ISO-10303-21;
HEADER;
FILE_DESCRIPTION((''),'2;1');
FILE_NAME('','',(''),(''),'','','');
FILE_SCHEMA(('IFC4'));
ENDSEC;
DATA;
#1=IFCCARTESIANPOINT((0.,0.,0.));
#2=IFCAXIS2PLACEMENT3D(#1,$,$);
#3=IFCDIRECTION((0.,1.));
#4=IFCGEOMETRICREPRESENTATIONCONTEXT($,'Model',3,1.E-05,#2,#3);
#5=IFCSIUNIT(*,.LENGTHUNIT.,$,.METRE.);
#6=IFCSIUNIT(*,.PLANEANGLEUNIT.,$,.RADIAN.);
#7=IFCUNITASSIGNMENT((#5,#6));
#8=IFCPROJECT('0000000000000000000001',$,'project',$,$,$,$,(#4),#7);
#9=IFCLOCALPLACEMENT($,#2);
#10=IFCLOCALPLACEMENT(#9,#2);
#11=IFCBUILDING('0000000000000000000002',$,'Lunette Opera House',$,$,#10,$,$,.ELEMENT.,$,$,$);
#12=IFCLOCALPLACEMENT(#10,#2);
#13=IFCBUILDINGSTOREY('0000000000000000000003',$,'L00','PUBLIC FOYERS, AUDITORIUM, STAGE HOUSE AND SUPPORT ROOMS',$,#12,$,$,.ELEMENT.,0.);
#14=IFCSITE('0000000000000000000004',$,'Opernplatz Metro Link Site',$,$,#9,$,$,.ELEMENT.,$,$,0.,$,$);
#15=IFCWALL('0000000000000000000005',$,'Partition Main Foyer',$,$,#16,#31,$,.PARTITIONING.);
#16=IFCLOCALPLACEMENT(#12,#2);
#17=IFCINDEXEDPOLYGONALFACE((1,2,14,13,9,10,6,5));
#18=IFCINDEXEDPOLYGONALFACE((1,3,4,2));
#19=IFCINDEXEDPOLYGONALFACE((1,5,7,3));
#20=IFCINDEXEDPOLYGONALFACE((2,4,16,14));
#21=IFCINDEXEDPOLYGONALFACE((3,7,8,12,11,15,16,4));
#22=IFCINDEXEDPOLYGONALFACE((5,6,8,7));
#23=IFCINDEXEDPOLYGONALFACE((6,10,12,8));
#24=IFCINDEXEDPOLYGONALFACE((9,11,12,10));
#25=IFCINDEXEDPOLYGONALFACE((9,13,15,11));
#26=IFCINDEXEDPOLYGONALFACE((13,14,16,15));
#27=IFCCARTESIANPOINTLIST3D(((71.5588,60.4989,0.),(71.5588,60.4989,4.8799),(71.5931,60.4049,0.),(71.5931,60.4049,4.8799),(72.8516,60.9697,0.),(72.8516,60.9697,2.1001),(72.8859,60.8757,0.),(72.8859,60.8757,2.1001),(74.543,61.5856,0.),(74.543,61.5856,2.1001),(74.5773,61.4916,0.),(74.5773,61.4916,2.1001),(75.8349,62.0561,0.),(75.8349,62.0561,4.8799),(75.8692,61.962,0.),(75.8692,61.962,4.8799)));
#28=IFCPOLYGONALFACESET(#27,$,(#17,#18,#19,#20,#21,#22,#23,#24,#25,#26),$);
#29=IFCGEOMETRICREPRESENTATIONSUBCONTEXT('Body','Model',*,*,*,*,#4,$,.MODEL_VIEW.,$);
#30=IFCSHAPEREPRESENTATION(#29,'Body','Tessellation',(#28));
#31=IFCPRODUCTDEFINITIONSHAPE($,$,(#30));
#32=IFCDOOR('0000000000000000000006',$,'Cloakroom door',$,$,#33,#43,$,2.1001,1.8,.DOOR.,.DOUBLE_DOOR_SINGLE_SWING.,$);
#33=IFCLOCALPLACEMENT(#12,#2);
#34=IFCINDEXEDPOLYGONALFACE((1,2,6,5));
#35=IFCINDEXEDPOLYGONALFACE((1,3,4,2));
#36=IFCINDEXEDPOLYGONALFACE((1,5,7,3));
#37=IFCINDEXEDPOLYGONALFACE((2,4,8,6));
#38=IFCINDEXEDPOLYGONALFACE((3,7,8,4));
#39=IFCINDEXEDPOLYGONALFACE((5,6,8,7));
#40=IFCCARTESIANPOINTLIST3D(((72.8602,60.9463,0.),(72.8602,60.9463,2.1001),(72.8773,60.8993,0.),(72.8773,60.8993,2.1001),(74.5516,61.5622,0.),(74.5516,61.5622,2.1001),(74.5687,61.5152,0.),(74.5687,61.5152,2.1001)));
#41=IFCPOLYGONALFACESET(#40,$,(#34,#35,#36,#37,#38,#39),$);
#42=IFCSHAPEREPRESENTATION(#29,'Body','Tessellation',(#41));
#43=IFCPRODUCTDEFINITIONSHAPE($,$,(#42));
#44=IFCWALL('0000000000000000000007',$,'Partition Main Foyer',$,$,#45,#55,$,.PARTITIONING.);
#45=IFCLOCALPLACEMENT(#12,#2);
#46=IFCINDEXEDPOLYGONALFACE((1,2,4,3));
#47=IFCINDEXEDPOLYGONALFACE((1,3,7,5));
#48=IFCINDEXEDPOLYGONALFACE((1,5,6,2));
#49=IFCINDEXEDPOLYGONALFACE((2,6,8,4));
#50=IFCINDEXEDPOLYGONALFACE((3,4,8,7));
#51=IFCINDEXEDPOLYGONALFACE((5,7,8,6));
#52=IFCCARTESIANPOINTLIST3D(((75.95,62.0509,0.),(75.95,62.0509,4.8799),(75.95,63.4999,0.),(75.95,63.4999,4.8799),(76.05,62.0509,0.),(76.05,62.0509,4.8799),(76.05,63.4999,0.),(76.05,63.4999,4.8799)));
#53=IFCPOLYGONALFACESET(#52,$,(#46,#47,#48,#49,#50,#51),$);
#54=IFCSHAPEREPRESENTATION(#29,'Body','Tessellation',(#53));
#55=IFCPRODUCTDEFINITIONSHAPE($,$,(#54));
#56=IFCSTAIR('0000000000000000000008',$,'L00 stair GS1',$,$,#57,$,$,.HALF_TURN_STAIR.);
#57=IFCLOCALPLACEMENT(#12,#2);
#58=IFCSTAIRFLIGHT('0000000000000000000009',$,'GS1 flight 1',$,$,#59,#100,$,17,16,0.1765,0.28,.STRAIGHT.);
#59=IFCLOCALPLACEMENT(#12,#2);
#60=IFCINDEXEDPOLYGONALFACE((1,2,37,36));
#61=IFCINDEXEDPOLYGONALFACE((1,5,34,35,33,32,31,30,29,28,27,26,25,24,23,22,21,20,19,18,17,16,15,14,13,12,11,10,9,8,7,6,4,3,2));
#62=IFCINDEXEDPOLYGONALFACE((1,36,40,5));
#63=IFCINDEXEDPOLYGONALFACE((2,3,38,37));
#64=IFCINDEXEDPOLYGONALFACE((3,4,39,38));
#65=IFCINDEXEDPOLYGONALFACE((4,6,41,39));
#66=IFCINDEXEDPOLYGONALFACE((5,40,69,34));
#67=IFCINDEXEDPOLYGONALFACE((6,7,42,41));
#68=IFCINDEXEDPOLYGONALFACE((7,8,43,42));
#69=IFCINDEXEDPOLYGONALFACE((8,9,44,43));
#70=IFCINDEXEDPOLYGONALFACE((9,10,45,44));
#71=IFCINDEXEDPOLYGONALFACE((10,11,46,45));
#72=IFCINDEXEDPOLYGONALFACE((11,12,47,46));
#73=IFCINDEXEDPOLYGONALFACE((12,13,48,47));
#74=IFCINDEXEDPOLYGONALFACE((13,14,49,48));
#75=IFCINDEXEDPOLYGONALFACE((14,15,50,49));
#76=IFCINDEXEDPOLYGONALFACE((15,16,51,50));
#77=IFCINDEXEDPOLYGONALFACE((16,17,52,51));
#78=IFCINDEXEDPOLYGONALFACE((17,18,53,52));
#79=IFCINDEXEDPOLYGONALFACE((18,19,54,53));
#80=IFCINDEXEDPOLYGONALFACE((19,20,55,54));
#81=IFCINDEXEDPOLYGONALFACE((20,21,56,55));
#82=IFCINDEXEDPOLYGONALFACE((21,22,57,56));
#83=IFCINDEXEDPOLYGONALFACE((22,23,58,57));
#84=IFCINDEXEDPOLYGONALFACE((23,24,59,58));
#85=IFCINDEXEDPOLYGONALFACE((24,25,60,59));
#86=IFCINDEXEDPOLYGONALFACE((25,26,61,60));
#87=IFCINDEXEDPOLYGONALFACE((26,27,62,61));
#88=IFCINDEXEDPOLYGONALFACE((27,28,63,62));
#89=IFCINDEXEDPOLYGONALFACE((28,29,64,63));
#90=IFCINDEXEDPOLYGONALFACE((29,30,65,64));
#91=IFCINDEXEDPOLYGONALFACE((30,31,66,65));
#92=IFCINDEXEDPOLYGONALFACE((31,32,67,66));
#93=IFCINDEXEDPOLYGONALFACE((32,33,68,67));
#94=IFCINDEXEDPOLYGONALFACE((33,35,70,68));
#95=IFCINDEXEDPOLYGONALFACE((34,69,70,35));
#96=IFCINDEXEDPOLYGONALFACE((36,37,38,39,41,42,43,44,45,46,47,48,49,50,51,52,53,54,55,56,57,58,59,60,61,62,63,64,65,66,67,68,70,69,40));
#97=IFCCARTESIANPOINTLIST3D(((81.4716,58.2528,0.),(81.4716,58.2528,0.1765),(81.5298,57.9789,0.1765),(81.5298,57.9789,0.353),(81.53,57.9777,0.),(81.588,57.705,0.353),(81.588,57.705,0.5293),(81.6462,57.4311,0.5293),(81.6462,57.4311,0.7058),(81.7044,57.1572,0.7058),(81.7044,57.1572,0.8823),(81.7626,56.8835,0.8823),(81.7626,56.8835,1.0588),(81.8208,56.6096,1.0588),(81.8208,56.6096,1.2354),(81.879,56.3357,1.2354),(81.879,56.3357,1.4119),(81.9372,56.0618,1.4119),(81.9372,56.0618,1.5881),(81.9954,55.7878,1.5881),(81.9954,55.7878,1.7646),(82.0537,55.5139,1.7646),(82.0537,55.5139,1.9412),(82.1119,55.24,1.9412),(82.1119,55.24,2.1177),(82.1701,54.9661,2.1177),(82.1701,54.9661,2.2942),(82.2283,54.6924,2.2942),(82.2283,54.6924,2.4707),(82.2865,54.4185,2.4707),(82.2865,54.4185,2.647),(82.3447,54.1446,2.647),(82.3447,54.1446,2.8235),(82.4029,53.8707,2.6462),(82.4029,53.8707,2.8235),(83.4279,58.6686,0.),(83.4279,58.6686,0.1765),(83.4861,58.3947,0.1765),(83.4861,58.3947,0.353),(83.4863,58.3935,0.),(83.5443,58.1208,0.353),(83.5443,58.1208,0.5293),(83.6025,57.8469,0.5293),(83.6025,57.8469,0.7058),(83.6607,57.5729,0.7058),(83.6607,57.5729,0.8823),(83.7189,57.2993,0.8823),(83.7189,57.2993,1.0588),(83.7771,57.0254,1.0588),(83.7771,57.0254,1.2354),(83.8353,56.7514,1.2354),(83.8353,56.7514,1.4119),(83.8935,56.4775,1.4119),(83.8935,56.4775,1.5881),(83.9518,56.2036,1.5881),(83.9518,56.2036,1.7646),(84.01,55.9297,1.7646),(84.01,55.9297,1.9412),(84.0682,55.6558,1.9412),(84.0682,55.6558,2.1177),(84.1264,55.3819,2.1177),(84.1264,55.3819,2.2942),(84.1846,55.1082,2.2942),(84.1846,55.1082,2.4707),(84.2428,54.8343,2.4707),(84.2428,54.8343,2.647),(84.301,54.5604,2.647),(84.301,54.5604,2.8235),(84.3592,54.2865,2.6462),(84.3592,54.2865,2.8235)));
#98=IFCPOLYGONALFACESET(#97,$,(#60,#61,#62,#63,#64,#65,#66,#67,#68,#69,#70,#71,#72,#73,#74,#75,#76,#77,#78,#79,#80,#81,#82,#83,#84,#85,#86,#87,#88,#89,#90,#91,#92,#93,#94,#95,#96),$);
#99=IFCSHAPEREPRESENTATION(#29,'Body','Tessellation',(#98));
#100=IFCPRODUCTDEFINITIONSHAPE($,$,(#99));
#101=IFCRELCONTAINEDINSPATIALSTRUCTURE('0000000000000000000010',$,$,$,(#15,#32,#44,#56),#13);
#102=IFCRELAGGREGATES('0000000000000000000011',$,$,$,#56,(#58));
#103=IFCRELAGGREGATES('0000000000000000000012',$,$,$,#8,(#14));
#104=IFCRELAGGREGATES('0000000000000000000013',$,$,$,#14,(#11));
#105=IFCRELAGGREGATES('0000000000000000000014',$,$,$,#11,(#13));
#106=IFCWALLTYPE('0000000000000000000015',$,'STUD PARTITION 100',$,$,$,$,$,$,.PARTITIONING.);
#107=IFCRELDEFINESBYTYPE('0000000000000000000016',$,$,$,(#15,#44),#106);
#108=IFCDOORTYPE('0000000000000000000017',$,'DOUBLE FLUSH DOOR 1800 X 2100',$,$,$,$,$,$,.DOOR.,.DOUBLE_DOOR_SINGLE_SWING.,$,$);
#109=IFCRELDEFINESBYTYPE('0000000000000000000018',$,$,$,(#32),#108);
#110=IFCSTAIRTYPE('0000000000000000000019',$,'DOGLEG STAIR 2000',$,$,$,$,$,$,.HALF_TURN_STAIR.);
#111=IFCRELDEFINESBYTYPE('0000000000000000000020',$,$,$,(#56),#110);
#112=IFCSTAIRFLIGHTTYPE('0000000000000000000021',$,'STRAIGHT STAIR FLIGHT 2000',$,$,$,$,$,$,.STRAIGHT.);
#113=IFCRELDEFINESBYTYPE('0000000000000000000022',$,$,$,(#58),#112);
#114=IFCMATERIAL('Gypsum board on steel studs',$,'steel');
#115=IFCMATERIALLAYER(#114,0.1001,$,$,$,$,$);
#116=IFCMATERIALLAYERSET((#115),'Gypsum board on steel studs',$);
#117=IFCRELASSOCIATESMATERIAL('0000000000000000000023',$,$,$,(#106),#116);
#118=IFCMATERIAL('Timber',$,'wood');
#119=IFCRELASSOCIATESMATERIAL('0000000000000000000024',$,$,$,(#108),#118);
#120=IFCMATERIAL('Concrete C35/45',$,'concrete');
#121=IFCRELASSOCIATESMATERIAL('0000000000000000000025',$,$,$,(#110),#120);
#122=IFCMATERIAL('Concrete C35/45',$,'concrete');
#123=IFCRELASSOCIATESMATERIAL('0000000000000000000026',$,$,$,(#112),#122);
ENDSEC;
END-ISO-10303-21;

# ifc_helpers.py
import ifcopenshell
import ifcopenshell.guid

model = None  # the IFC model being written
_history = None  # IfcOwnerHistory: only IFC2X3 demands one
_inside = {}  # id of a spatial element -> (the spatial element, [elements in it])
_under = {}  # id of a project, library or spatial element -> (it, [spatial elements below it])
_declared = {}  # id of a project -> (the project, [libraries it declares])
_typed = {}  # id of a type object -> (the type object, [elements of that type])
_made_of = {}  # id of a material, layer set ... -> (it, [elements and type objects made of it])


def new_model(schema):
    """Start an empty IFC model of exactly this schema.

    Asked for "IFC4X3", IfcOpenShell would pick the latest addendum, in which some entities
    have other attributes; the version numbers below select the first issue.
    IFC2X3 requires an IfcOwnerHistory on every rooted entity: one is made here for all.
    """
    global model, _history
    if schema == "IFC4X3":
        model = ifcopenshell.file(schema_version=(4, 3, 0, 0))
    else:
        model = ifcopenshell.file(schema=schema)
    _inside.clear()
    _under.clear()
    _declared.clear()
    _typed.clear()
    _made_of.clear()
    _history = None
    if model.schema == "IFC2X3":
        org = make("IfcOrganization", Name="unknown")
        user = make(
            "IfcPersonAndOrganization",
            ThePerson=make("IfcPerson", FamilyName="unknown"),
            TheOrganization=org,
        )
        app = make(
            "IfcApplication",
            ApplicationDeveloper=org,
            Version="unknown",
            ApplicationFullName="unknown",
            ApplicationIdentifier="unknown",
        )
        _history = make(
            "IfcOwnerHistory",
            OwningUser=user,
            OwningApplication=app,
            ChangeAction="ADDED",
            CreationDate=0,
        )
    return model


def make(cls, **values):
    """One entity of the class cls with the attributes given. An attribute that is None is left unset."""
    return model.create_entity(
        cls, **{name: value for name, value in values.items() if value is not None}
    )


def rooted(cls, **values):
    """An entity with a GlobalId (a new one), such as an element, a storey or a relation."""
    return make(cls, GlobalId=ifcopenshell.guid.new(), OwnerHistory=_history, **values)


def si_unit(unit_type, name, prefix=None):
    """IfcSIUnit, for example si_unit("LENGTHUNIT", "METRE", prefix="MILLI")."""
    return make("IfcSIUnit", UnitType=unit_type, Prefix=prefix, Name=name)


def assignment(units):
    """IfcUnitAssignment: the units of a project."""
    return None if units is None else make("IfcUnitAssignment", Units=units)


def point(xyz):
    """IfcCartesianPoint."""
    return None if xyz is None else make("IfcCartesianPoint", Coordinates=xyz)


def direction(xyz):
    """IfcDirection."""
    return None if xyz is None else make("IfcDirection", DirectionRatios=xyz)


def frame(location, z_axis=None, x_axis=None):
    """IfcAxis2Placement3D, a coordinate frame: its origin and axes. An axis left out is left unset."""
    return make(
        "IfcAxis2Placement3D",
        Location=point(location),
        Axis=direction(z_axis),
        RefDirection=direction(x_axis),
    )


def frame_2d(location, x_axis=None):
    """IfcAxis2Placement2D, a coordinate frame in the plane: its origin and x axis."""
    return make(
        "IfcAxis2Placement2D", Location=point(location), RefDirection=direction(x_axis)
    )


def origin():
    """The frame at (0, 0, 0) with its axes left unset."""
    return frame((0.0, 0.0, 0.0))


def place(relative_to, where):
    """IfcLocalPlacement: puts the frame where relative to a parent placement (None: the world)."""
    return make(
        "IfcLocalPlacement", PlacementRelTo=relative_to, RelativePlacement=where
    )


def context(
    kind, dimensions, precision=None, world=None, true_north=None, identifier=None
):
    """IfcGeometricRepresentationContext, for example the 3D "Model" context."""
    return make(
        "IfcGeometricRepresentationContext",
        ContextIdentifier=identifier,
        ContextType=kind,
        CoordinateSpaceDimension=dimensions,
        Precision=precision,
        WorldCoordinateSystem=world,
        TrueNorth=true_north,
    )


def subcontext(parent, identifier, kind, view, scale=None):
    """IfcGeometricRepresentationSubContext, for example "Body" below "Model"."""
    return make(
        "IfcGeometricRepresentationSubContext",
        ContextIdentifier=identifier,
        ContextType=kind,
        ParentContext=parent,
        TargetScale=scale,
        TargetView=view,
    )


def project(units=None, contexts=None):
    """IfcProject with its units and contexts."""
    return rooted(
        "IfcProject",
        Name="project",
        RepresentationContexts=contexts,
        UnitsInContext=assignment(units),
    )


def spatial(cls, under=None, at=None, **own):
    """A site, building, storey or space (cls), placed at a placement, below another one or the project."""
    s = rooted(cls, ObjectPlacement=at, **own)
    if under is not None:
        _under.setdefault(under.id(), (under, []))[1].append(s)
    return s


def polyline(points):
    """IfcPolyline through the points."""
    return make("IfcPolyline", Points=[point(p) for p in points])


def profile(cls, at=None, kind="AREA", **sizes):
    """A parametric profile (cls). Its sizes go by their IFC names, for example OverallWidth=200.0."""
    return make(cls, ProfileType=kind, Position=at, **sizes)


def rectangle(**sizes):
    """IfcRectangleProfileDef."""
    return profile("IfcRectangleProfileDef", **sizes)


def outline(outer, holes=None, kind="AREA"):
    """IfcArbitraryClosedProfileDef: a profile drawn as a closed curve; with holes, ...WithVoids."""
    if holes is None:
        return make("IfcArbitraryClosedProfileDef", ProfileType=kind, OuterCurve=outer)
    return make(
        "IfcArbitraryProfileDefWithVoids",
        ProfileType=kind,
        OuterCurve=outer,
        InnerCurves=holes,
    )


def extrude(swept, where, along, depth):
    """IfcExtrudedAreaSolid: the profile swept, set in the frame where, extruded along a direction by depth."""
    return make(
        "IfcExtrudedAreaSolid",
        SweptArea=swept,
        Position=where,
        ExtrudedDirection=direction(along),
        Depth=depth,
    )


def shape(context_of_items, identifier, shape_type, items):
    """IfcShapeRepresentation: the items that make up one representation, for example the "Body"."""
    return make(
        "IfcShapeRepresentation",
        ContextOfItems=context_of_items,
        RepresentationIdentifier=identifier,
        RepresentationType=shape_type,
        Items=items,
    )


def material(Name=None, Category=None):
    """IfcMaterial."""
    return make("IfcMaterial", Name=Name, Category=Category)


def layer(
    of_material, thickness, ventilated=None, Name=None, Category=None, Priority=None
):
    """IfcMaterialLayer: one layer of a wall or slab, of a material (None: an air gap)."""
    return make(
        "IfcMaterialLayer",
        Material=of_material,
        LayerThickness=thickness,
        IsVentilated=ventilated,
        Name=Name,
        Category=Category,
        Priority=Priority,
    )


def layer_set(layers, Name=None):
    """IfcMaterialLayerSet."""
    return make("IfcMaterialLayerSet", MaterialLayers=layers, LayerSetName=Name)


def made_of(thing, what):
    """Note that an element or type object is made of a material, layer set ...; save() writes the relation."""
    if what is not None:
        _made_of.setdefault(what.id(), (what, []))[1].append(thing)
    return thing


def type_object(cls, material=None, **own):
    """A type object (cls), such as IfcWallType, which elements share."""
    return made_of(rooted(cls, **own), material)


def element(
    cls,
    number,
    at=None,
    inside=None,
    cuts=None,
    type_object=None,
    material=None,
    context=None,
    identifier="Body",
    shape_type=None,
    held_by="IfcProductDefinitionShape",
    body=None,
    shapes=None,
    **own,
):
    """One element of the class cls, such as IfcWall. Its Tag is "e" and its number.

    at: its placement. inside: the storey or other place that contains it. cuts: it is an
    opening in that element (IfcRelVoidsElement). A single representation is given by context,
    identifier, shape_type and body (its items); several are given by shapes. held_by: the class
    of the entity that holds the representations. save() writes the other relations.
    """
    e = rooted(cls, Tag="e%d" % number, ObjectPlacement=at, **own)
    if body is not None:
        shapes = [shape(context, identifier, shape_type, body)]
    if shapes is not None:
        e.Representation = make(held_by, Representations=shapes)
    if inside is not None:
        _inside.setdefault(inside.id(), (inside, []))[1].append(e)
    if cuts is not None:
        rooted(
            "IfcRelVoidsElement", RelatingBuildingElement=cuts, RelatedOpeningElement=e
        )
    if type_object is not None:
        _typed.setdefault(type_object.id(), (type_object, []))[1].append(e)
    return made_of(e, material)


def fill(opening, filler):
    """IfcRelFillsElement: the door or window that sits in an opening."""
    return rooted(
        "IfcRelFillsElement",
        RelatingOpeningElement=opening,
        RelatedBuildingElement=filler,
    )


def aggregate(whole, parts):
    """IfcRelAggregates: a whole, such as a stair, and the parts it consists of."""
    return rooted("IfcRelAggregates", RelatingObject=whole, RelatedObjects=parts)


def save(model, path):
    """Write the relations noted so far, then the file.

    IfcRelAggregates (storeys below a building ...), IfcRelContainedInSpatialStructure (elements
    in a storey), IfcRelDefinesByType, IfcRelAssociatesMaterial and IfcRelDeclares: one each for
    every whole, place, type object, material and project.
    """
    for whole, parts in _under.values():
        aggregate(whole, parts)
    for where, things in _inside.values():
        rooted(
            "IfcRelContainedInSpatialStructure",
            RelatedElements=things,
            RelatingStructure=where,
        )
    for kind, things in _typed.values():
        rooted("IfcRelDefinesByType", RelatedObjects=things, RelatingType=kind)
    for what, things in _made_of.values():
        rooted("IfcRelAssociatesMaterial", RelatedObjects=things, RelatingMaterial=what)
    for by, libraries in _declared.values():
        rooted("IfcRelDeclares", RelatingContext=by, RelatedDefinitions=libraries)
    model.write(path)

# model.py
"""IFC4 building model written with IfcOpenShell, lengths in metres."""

from ifc_helpers import new_model, si_unit, direction, frame, frame_2d, origin, place, context, subcontext, project, spatial, polyline, rectangle, outline, extrude, material, layer, layer_set, type_object, element, fill, aggregate, save


model = new_model("IFC4")

# Units and contexts
model_context = context("Model", 3, precision=1e-05, world=origin(), true_north=direction((0.0, 1.0)))
body_context = subcontext(model_context, "Body", "Model", "MODEL_VIEW")
ifc_project = project(units=[si_unit("LENGTHUNIT", "METRE"), si_unit("PLANEANGLEUNIT", "RADIAN")], contexts=[model_context])

# Site, building, storey
site_placement = place(None, origin())
site = spatial("IfcSite", under=ifc_project, at=site_placement, Name="Opernplatz Metro Link Site", CompositionType="ELEMENT", RefElevation=0.0)
building_placement = place(site_placement, origin())
building = spatial("IfcBuilding", under=site, at=building_placement, Name="Lunette Opera House", CompositionType="ELEMENT")
storey_placement = place(building_placement, origin())
storey = spatial("IfcBuildingStorey", under=building, at=storey_placement, Name="L00", Description="PUBLIC FOYERS, AUDITORIUM, STAGE HOUSE AND SUPPORT ROOMS", CompositionType="ELEMENT", Elevation=0.0)

# Wall, opening, door
ifc_material_1 = material(Name="Gypsum board on steel studs", Category="steel")
ifc_layer_1 = layer(ifc_material_1, 0.1001)
ifc_layer_set_1 = layer_set([ifc_layer_1], Name="Gypsum board on steel studs")
wall_type_1 = type_object("IfcWallType", Name="STUD PARTITION 100", PredefinedType="PARTITIONING", material=ifc_layer_set_1)
wall_1_placement = place(storey_placement, frame((75.8521, 62.009, 0.0), z_axis=(0.0, 0.0, 1.0), x_axis=(-0.93964, -0.342165, 0.0)))
wall_1 = element("IfcWall", 1, at=wall_1_placement, inside=storey, type_object=wall_type_1, Name="Partition Main Foyer", PredefinedType="PARTITIONING", context=body_context, shape_type="SweptSolid", body=[
    extrude(rectangle(XDim=4.5508, YDim=0.1001, at=frame_2d((2.2754, 0.0))), origin(), (0.0, 0.0, 1.0), 4.8799),
])
opening_1_placement = place(wall_1_placement, frame((1.375, 0.0, 0.0)))
opening_1 = element("IfcOpeningElement", 2, at=opening_1_placement, cuts=wall_1, PredefinedType="OPENING", context=body_context, shape_type="SweptSolid", body=[
    extrude(rectangle(XDim=1.8, YDim=2.1001, at=frame_2d((0.8999, 1.05))), frame((0.0, 0.062, 0.0), z_axis=(0.0, -1.0, 0.0), x_axis=(1.0, 0.0, 0.0)), (0.0, 0.0, 1.0), 0.124),
])
ifc_material_2 = material(Name="Timber", Category="wood")
door_type_1 = type_object("IfcDoorType", Name="DOUBLE FLUSH DOOR 1800 X 2100", OperationType="DOUBLE_DOOR_SINGLE_SWING", PredefinedType="DOOR", material=ifc_material_2)
door_1_placement = place(opening_1_placement, origin())
door_1 = element("IfcDoor", 3, at=door_1_placement, inside=storey, type_object=door_type_1, Name="Cloakroom door", OperationType="DOUBLE_DOOR_SINGLE_SWING", OverallHeight=2.1001, OverallWidth=1.8, PredefinedType="DOOR", context=body_context, shape_type="SweptSolid", body=[
    extrude(rectangle(XDim=1.8, YDim=2.1001, at=frame_2d((0.8999, 1.05))), frame((0.0, 0.0249, 0.0), z_axis=(0.0, -1.0, 0.0), x_axis=(1.0, 0.0, 0.0)), (0.0, 0.0, 1.0), 0.05),
])
fill(opening_1, door_1)

# Wall
wall_2_placement = place(storey_placement, frame((76.0, 63.5, 0.0), z_axis=(0.0, 0.0, 1.0), x_axis=(0.0, -1.0, 0.0)))
element("IfcWall", 4, at=wall_2_placement, inside=storey, type_object=wall_type_1, Name="Partition Main Foyer", PredefinedType="PARTITIONING", context=body_context, shape_type="SweptSolid", body=[
    extrude(rectangle(XDim=1.449, YDim=0.1001, at=frame_2d((0.7246, 0.0))), origin(), (0.0, 0.0, 1.0), 4.8799),
])

# Stair, stair flight
ifc_material_3 = material(Name="Concrete C35/45", Category="concrete")
stair_type = type_object("IfcStairType", Name="DOGLEG STAIR 2000", PredefinedType="HALF_TURN_STAIR", material=ifc_material_3)
stair_placement = place(storey_placement, origin())
stair = element("IfcStair", 5, at=stair_placement, inside=storey, type_object=stair_type, Name="L00 stair GS1", PredefinedType="HALF_TURN_STAIR")
ifc_material_4 = material(Name="Concrete C35/45", Category="concrete")
stair_flight_type = type_object("IfcStairFlightType", Name="STRAIGHT STAIR FLIGHT 2000", PredefinedType="STRAIGHT", material=ifc_material_4)
stair_flight_placement = place(storey_placement, frame((82.4497, 58.4607, 0.0), z_axis=(0.0, 0.0, 1.0), x_axis=(0.207893, -0.978152, 0.0)))
stair_flight = element("IfcStairFlight", 6, at=stair_flight_placement, type_object=stair_flight_type, Name="GS1 flight 1", NumberOfRisers=17, NumberOfTreads=16, PredefinedType="STRAIGHT", RiserHeight=0.1765, TreadLength=0.28, context=body_context, shape_type="SweptSolid", body=[
    extrude(outline(polyline([(0.0, 0.0), (0.0, 0.1765), (0.28, 0.1765), (0.28, 0.353), (0.5601, 0.353), (0.5601, 0.5293), (0.8401, 0.5293), (0.8401, 0.7058), (1.1201, 0.7058), (1.1201, 0.8823), (1.3999, 0.8823), (1.3999, 1.0588), (1.6799, 1.0588), (1.6799, 1.2354), (1.96, 1.2354), (1.96, 1.4119), (2.24, 1.4119), (2.24, 1.5881), (2.52, 1.5881), (2.52, 1.7646), (2.8, 1.7646), (2.8, 1.9412), (3.0801, 1.9412), (3.0801, 2.1177), (3.3601, 2.1177), (3.3601, 2.2942), (3.6399, 2.2942), (3.6399, 2.4707), (3.9199, 2.4707), (3.9199, 2.647), (4.2, 2.647), (4.2, 2.8235), (4.48, 2.8235), (4.48, 3.0), (4.48, 2.6462), (0.2812, 0.0), (0.0, 0.0)])), frame((0.0, 1.0, 0.0), z_axis=(0.0, -1.0, 0.0), x_axis=(1.0, 0.0, 0.0)), (0.0, 0.0, 1.0), 2.0),
])
aggregate(stair, [stair_flight])

save(model, "model.ifc")
